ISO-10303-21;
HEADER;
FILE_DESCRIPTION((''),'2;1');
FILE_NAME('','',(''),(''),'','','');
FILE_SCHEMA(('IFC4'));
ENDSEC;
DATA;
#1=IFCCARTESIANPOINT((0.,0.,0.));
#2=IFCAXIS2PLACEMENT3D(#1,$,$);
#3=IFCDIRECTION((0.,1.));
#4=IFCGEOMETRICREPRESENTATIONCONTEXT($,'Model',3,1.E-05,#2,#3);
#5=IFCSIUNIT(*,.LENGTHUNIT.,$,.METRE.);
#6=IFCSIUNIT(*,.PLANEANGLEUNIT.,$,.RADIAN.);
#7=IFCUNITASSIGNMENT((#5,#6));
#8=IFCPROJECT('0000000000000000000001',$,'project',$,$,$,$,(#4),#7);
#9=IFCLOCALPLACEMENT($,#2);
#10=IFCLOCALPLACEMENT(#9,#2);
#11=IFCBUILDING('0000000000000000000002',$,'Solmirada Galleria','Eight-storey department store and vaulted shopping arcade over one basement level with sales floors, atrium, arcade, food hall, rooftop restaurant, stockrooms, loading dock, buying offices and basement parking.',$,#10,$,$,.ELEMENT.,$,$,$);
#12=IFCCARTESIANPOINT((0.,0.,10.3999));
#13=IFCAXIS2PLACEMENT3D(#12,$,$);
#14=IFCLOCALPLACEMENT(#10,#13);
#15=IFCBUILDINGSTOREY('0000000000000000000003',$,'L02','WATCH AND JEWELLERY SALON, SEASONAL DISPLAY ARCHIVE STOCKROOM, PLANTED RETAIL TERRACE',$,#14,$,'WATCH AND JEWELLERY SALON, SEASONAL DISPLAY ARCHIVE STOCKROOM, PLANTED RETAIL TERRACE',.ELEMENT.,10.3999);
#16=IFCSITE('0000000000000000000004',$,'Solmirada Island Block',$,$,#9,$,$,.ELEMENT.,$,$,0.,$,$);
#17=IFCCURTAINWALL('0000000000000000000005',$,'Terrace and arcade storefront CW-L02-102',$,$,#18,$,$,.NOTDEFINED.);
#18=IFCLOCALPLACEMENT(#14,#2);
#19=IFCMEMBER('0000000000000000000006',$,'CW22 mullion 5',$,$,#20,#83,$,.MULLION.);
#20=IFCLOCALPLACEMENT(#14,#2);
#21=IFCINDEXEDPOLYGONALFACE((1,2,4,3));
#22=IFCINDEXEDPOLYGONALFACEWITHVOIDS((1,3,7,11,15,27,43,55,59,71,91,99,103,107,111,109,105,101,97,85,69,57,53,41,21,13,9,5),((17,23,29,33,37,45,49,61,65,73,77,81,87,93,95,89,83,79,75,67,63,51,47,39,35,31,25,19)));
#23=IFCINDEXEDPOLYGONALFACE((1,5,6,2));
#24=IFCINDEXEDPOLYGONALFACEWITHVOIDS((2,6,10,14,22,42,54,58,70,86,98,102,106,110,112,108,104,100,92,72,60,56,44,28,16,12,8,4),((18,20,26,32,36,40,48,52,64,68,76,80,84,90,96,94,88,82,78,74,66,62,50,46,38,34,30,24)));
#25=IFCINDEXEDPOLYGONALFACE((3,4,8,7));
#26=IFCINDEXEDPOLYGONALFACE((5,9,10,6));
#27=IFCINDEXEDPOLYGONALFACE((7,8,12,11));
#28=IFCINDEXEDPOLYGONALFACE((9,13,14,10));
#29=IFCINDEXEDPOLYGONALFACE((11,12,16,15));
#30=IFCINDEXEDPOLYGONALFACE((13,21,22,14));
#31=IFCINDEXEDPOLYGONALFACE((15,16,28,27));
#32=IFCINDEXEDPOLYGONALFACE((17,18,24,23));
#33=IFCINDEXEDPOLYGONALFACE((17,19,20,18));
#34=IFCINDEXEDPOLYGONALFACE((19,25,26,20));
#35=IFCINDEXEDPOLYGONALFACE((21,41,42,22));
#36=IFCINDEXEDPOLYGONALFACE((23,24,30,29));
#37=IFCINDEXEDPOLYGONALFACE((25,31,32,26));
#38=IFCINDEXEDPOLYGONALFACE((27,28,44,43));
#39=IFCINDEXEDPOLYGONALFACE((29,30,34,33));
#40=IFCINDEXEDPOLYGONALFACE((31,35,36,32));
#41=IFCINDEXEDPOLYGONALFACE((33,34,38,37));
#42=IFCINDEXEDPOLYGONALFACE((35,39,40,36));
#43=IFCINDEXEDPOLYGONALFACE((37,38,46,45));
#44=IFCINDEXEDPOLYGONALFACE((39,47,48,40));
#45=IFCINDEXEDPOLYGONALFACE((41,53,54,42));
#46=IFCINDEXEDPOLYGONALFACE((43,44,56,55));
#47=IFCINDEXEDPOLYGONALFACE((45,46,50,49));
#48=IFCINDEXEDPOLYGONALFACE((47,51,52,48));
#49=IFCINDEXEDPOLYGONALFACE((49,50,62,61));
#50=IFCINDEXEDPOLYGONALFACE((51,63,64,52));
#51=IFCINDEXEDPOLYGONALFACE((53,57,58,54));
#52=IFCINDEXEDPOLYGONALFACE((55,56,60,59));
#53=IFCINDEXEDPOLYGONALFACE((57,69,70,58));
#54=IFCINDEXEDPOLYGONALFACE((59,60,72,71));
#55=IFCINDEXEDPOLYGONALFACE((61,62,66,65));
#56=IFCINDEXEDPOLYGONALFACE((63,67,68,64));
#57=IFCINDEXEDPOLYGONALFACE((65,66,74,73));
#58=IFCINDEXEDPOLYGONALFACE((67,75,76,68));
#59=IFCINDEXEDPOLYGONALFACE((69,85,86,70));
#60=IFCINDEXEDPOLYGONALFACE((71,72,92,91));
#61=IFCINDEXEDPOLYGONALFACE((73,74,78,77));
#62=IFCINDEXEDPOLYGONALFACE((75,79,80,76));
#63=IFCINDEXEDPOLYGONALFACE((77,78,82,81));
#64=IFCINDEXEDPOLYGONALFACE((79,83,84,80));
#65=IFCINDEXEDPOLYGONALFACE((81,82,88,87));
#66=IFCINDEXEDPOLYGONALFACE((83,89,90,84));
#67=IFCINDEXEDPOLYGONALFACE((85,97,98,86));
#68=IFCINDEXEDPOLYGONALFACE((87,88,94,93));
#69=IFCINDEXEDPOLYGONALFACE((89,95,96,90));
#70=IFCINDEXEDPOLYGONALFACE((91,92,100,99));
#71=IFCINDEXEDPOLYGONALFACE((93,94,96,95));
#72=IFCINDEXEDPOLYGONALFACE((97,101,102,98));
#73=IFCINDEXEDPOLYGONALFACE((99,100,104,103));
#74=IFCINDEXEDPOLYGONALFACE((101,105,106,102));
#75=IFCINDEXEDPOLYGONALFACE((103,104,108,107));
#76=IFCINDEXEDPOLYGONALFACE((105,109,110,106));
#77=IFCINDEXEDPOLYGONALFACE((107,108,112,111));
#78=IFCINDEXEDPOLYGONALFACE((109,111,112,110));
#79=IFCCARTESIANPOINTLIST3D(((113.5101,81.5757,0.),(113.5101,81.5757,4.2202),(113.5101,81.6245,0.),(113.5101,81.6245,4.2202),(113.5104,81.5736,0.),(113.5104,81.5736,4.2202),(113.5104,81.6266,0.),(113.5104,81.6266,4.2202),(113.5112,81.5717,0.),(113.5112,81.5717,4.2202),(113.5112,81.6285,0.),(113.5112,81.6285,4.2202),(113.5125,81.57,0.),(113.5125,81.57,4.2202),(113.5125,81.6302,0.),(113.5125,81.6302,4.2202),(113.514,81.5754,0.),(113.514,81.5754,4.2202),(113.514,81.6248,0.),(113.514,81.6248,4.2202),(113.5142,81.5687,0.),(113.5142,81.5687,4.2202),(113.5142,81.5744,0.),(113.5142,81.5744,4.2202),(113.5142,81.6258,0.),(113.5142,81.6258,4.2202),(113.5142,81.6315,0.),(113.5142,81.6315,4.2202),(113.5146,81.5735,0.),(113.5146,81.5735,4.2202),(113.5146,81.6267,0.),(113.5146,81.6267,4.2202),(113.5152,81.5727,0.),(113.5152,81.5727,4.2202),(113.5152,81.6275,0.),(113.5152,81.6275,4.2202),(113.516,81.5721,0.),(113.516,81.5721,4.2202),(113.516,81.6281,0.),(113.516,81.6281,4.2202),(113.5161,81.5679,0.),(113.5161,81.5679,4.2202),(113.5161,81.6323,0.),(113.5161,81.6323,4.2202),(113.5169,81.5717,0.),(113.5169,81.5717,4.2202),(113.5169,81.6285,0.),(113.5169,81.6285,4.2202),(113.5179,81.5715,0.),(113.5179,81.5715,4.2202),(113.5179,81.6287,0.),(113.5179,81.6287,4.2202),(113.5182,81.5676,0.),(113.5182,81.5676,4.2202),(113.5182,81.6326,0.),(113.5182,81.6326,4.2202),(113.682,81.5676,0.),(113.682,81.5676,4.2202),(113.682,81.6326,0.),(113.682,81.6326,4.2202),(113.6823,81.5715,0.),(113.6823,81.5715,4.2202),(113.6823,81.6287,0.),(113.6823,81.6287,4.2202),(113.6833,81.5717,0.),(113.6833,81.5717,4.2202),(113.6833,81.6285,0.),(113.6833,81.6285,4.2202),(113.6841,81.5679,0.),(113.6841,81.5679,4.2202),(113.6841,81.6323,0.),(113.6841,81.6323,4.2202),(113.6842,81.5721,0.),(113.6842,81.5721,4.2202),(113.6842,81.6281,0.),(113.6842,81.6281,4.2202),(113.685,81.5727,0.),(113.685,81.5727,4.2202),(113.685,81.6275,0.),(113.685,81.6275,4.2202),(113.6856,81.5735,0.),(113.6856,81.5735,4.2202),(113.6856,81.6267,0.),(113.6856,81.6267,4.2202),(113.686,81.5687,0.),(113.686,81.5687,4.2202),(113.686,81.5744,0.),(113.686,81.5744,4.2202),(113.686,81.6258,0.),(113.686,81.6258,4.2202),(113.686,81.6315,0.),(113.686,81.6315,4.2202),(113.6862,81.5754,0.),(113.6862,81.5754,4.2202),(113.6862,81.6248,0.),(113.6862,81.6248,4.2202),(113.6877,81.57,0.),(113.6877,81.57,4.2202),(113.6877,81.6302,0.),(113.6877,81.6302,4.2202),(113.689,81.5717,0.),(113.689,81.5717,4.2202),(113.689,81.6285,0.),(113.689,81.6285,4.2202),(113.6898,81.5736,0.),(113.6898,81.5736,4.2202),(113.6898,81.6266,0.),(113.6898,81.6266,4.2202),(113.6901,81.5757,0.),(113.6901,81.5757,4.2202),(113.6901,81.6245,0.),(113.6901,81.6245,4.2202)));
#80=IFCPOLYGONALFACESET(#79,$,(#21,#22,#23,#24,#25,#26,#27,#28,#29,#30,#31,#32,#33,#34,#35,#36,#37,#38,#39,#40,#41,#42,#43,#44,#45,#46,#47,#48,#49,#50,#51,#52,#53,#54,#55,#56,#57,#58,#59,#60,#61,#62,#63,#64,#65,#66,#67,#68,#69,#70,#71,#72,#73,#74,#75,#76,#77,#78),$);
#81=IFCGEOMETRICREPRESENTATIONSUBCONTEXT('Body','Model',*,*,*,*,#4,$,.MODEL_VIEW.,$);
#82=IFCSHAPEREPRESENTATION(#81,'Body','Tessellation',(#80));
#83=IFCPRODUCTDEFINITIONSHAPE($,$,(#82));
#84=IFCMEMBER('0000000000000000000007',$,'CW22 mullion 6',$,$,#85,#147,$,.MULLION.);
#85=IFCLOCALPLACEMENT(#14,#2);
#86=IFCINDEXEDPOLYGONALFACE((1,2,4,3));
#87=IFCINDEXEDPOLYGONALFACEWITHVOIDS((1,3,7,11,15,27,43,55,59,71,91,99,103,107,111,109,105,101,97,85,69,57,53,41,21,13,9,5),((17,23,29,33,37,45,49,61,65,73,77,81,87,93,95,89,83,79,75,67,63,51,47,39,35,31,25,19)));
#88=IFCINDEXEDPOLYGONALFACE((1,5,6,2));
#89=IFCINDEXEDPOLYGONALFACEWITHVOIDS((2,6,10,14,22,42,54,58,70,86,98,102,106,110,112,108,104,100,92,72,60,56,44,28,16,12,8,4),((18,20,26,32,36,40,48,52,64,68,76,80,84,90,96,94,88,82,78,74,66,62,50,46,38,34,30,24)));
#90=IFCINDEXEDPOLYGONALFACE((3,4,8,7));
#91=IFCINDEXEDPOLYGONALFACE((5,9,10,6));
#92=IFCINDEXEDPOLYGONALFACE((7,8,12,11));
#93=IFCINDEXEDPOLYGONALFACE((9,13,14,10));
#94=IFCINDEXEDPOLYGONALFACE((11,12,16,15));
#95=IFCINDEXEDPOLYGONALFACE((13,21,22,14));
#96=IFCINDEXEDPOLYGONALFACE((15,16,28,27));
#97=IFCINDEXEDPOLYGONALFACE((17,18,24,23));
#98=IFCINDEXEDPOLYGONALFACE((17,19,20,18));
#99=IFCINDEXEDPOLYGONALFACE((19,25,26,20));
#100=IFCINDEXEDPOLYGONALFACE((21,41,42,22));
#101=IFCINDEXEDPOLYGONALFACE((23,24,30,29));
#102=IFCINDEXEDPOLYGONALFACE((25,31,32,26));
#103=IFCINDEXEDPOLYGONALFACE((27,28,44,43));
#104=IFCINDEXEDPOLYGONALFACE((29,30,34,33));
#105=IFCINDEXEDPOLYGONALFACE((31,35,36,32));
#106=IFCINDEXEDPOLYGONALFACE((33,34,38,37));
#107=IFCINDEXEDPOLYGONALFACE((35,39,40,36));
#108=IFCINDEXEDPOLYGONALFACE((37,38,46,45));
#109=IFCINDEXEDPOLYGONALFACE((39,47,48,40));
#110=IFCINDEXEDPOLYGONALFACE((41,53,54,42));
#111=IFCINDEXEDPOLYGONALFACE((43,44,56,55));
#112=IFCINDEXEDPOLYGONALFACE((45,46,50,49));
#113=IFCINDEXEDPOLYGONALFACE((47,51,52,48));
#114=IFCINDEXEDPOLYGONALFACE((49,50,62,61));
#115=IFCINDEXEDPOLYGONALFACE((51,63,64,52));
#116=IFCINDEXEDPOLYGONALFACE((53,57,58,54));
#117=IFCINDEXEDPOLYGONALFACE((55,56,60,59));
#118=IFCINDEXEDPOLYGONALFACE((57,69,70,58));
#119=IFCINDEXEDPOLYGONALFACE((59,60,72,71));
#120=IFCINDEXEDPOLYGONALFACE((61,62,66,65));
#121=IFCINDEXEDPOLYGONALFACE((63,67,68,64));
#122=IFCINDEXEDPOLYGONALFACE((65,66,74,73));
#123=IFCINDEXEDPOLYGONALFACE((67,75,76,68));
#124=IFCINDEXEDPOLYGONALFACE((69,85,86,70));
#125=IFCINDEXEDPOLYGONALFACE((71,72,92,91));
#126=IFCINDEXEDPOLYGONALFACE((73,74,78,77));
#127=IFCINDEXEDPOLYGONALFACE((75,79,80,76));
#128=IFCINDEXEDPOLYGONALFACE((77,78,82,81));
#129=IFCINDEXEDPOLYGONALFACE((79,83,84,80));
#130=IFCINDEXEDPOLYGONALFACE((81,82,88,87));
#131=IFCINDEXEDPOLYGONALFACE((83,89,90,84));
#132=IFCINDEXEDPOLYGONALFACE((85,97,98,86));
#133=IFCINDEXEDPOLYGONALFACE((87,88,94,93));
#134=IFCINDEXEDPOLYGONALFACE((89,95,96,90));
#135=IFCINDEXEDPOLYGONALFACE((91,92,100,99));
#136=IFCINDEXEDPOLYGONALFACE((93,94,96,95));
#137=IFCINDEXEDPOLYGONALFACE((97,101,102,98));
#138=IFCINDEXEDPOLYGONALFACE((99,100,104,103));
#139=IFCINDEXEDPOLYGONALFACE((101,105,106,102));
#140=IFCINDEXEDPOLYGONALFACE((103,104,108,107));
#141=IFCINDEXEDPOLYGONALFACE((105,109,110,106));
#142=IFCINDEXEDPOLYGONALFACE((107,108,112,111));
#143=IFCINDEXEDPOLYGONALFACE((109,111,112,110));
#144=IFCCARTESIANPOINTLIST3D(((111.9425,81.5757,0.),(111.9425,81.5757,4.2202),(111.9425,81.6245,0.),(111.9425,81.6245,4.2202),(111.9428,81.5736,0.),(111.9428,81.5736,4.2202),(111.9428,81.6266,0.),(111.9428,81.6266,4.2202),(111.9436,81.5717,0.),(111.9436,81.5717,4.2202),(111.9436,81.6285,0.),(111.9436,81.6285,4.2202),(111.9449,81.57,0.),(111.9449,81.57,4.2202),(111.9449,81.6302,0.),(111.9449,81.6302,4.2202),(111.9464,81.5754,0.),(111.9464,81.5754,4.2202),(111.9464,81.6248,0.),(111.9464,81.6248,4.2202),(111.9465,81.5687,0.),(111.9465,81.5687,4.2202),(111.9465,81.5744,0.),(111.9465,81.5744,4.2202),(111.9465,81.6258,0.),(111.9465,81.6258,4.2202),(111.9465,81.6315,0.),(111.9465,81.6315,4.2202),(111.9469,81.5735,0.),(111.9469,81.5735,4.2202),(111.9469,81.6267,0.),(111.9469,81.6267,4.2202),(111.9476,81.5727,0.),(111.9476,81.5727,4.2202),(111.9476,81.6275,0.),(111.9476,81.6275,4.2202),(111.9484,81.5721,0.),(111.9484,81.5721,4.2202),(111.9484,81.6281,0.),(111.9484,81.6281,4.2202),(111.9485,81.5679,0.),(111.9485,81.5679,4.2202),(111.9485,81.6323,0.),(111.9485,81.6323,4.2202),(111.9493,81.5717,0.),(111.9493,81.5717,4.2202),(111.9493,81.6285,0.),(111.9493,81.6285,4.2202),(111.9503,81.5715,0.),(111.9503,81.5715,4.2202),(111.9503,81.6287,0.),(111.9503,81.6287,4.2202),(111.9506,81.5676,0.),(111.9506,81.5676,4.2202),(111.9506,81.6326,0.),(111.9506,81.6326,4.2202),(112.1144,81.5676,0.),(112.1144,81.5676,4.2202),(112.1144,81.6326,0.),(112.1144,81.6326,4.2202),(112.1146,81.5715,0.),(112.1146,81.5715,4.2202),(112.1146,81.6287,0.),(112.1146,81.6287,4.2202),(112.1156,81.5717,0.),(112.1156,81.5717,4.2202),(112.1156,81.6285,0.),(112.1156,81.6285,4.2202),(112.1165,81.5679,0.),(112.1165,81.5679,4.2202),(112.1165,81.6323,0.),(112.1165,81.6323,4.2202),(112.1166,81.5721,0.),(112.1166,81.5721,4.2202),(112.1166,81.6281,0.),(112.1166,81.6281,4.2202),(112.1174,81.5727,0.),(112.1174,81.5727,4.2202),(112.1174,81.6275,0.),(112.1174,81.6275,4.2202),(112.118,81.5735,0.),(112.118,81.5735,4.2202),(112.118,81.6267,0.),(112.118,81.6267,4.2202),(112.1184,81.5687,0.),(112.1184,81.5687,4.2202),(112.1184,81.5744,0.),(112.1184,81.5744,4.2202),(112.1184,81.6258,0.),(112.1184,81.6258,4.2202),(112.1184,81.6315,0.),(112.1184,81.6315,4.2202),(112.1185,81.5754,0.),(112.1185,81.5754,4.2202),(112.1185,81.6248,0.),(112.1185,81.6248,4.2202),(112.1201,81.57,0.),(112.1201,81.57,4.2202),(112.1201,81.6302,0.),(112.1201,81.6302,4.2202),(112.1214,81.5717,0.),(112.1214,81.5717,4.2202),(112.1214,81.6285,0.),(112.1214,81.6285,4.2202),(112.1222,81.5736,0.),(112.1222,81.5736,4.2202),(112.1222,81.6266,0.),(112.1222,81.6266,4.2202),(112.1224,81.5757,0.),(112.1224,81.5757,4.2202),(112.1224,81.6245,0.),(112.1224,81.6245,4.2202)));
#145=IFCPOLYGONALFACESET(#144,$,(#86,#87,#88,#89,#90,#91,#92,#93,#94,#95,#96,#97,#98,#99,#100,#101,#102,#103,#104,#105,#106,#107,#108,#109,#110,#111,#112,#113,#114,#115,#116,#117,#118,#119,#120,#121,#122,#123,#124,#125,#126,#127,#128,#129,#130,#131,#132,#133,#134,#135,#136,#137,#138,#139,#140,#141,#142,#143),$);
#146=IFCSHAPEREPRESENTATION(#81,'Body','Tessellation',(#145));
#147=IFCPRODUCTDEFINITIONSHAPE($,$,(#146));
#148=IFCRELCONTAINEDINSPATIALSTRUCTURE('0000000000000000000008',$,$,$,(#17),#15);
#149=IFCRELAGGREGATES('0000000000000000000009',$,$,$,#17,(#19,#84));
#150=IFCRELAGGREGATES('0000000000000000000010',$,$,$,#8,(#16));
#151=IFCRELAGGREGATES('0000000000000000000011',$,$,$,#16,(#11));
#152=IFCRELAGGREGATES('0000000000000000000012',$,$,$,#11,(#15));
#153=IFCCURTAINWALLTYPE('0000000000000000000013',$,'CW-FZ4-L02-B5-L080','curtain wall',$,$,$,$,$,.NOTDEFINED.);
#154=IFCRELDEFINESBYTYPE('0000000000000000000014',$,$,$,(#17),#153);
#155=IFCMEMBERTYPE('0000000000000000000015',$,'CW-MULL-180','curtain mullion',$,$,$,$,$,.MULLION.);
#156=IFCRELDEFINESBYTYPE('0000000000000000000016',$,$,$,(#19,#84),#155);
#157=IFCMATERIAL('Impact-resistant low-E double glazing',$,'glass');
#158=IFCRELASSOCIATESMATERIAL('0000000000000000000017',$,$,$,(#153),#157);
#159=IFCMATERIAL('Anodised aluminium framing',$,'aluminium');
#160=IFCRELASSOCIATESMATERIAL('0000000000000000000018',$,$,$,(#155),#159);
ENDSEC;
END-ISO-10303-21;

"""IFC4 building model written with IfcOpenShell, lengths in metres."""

from ifc_helpers import new_model, si_unit, direction, frame, origin, origin_2d, place, context, subcontext, project, spatial, hollow_rectangle, extrude, material, material_profile, profile_set, type_object, element, aggregate, save


model = new_model("IFC4")

# Units and contexts
model_context = context("Model", 3, precision=1e-05, world=origin(), true_north=direction((0.0, 1.0)))
body_context = subcontext(model_context, "Body", "Model", "MODEL_VIEW")
ifc_project = project(units=[si_unit("LENGTHUNIT", "METRE"), si_unit("PLANEANGLEUNIT", "RADIAN")], contexts=[model_context])

# Site, building, storey
site_placement = place(None, origin())
site = spatial("IfcSite", under=ifc_project, at=site_placement, Name="Solmirada Island Block", CompositionType="ELEMENT", RefElevation=0.0)
building_placement = place(site_placement, origin())
building = spatial("IfcBuilding", under=site, at=building_placement, Name="Solmirada Galleria", Description="Eight-storey department store and vaulted shopping arcade over one basement level with sales floors, atrium, arcade, food hall, rooftop restaurant, stockrooms, loading dock, buying offices and basement parking.", CompositionType="ELEMENT")
storey_placement = place(building_placement, frame((0.0, 0.0, 10.3999)))
storey = spatial("IfcBuildingStorey", under=building, at=storey_placement, Name="L02", Description="WATCH AND JEWELLERY SALON, SEASONAL DISPLAY ARCHIVE STOCKROOM, PLANTED RETAIL TERRACE", LongName="WATCH AND JEWELLERY SALON, SEASONAL DISPLAY ARCHIVE STOCKROOM, PLANTED RETAIL TERRACE", CompositionType="ELEMENT", Elevation=10.3999)

# Curtain wall, members
ifc_material_1 = material(Name="Impact-resistant low-E double glazing", Category="glass")
curtain_wall_type_1 = type_object("IfcCurtainWallType", Name="CW-FZ4-L02-B5-L080", Description="curtain wall", PredefinedType="NOTDEFINED", material=ifc_material_1)
curtain_wall_1_placement = place(storey_placement, origin())
curtain_wall_1 = element("IfcCurtainWall", 1, at=curtain_wall_1_placement, inside=storey, type_object=curtain_wall_type_1, Name="Terrace and arcade storefront CW-L02-102", PredefinedType="NOTDEFINED")
ifc_material_2 = material(Name="Anodised aluminium framing", Category="aluminium")
ifc_material_profile_1 = material_profile(ifc_material_2, hollow_rectangle(XDim=0.0649, YDim=0.1799, WallThickness=0.0039, InnerFilletRadius=0.0039, OuterFilletRadius=0.0081, at=origin_2d()), Name="ALU-MULL-180X65")
ifc_profile_set_1 = profile_set([ifc_material_profile_1], Name="Anodised aluminium framing")
member_type_1 = type_object("IfcMemberType", Name="CW-MULL-180", Description="curtain mullion", PredefinedType="MULLION", material=ifc_profile_set_1)
member_1_placement = place(storey_placement, frame((113.6001, 81.6001, 0.0), z_axis=(0.0, 0.0, 1.0), x_axis=(0.0, -1.0, 0.0)))
member_1 = element("IfcMember", 2, at=member_1_placement, type_object=member_type_1, Name="CW22 mullion 5", PredefinedType="MULLION", context=body_context, shape_type="SweptSolid", body=[
    extrude(hollow_rectangle(XDim=0.0649, YDim=0.1799, WallThickness=0.0039, InnerFilletRadius=0.0039, OuterFilletRadius=0.0081, at=origin_2d()), origin(), (0.0, 0.0, 1.0), 4.2202),
])
member_2_placement = place(storey_placement, frame((112.0325, 81.6001, 0.0), z_axis=(0.0, 0.0, 1.0), x_axis=(0.0, -1.0, 0.0)))
member_2 = element("IfcMember", 3, at=member_2_placement, type_object=member_type_1, Name="CW22 mullion 6", PredefinedType="MULLION", context=body_context, shape_type="SweptSolid", body=[
    extrude(hollow_rectangle(XDim=0.0649, YDim=0.1799, WallThickness=0.0039, InnerFilletRadius=0.0039, OuterFilletRadius=0.0081, at=origin_2d()), origin(), (0.0, 0.0, 1.0), 4.2202),
])

aggregate(curtain_wall_1, [member_1, member_2])

save(model, "model.ifc")
